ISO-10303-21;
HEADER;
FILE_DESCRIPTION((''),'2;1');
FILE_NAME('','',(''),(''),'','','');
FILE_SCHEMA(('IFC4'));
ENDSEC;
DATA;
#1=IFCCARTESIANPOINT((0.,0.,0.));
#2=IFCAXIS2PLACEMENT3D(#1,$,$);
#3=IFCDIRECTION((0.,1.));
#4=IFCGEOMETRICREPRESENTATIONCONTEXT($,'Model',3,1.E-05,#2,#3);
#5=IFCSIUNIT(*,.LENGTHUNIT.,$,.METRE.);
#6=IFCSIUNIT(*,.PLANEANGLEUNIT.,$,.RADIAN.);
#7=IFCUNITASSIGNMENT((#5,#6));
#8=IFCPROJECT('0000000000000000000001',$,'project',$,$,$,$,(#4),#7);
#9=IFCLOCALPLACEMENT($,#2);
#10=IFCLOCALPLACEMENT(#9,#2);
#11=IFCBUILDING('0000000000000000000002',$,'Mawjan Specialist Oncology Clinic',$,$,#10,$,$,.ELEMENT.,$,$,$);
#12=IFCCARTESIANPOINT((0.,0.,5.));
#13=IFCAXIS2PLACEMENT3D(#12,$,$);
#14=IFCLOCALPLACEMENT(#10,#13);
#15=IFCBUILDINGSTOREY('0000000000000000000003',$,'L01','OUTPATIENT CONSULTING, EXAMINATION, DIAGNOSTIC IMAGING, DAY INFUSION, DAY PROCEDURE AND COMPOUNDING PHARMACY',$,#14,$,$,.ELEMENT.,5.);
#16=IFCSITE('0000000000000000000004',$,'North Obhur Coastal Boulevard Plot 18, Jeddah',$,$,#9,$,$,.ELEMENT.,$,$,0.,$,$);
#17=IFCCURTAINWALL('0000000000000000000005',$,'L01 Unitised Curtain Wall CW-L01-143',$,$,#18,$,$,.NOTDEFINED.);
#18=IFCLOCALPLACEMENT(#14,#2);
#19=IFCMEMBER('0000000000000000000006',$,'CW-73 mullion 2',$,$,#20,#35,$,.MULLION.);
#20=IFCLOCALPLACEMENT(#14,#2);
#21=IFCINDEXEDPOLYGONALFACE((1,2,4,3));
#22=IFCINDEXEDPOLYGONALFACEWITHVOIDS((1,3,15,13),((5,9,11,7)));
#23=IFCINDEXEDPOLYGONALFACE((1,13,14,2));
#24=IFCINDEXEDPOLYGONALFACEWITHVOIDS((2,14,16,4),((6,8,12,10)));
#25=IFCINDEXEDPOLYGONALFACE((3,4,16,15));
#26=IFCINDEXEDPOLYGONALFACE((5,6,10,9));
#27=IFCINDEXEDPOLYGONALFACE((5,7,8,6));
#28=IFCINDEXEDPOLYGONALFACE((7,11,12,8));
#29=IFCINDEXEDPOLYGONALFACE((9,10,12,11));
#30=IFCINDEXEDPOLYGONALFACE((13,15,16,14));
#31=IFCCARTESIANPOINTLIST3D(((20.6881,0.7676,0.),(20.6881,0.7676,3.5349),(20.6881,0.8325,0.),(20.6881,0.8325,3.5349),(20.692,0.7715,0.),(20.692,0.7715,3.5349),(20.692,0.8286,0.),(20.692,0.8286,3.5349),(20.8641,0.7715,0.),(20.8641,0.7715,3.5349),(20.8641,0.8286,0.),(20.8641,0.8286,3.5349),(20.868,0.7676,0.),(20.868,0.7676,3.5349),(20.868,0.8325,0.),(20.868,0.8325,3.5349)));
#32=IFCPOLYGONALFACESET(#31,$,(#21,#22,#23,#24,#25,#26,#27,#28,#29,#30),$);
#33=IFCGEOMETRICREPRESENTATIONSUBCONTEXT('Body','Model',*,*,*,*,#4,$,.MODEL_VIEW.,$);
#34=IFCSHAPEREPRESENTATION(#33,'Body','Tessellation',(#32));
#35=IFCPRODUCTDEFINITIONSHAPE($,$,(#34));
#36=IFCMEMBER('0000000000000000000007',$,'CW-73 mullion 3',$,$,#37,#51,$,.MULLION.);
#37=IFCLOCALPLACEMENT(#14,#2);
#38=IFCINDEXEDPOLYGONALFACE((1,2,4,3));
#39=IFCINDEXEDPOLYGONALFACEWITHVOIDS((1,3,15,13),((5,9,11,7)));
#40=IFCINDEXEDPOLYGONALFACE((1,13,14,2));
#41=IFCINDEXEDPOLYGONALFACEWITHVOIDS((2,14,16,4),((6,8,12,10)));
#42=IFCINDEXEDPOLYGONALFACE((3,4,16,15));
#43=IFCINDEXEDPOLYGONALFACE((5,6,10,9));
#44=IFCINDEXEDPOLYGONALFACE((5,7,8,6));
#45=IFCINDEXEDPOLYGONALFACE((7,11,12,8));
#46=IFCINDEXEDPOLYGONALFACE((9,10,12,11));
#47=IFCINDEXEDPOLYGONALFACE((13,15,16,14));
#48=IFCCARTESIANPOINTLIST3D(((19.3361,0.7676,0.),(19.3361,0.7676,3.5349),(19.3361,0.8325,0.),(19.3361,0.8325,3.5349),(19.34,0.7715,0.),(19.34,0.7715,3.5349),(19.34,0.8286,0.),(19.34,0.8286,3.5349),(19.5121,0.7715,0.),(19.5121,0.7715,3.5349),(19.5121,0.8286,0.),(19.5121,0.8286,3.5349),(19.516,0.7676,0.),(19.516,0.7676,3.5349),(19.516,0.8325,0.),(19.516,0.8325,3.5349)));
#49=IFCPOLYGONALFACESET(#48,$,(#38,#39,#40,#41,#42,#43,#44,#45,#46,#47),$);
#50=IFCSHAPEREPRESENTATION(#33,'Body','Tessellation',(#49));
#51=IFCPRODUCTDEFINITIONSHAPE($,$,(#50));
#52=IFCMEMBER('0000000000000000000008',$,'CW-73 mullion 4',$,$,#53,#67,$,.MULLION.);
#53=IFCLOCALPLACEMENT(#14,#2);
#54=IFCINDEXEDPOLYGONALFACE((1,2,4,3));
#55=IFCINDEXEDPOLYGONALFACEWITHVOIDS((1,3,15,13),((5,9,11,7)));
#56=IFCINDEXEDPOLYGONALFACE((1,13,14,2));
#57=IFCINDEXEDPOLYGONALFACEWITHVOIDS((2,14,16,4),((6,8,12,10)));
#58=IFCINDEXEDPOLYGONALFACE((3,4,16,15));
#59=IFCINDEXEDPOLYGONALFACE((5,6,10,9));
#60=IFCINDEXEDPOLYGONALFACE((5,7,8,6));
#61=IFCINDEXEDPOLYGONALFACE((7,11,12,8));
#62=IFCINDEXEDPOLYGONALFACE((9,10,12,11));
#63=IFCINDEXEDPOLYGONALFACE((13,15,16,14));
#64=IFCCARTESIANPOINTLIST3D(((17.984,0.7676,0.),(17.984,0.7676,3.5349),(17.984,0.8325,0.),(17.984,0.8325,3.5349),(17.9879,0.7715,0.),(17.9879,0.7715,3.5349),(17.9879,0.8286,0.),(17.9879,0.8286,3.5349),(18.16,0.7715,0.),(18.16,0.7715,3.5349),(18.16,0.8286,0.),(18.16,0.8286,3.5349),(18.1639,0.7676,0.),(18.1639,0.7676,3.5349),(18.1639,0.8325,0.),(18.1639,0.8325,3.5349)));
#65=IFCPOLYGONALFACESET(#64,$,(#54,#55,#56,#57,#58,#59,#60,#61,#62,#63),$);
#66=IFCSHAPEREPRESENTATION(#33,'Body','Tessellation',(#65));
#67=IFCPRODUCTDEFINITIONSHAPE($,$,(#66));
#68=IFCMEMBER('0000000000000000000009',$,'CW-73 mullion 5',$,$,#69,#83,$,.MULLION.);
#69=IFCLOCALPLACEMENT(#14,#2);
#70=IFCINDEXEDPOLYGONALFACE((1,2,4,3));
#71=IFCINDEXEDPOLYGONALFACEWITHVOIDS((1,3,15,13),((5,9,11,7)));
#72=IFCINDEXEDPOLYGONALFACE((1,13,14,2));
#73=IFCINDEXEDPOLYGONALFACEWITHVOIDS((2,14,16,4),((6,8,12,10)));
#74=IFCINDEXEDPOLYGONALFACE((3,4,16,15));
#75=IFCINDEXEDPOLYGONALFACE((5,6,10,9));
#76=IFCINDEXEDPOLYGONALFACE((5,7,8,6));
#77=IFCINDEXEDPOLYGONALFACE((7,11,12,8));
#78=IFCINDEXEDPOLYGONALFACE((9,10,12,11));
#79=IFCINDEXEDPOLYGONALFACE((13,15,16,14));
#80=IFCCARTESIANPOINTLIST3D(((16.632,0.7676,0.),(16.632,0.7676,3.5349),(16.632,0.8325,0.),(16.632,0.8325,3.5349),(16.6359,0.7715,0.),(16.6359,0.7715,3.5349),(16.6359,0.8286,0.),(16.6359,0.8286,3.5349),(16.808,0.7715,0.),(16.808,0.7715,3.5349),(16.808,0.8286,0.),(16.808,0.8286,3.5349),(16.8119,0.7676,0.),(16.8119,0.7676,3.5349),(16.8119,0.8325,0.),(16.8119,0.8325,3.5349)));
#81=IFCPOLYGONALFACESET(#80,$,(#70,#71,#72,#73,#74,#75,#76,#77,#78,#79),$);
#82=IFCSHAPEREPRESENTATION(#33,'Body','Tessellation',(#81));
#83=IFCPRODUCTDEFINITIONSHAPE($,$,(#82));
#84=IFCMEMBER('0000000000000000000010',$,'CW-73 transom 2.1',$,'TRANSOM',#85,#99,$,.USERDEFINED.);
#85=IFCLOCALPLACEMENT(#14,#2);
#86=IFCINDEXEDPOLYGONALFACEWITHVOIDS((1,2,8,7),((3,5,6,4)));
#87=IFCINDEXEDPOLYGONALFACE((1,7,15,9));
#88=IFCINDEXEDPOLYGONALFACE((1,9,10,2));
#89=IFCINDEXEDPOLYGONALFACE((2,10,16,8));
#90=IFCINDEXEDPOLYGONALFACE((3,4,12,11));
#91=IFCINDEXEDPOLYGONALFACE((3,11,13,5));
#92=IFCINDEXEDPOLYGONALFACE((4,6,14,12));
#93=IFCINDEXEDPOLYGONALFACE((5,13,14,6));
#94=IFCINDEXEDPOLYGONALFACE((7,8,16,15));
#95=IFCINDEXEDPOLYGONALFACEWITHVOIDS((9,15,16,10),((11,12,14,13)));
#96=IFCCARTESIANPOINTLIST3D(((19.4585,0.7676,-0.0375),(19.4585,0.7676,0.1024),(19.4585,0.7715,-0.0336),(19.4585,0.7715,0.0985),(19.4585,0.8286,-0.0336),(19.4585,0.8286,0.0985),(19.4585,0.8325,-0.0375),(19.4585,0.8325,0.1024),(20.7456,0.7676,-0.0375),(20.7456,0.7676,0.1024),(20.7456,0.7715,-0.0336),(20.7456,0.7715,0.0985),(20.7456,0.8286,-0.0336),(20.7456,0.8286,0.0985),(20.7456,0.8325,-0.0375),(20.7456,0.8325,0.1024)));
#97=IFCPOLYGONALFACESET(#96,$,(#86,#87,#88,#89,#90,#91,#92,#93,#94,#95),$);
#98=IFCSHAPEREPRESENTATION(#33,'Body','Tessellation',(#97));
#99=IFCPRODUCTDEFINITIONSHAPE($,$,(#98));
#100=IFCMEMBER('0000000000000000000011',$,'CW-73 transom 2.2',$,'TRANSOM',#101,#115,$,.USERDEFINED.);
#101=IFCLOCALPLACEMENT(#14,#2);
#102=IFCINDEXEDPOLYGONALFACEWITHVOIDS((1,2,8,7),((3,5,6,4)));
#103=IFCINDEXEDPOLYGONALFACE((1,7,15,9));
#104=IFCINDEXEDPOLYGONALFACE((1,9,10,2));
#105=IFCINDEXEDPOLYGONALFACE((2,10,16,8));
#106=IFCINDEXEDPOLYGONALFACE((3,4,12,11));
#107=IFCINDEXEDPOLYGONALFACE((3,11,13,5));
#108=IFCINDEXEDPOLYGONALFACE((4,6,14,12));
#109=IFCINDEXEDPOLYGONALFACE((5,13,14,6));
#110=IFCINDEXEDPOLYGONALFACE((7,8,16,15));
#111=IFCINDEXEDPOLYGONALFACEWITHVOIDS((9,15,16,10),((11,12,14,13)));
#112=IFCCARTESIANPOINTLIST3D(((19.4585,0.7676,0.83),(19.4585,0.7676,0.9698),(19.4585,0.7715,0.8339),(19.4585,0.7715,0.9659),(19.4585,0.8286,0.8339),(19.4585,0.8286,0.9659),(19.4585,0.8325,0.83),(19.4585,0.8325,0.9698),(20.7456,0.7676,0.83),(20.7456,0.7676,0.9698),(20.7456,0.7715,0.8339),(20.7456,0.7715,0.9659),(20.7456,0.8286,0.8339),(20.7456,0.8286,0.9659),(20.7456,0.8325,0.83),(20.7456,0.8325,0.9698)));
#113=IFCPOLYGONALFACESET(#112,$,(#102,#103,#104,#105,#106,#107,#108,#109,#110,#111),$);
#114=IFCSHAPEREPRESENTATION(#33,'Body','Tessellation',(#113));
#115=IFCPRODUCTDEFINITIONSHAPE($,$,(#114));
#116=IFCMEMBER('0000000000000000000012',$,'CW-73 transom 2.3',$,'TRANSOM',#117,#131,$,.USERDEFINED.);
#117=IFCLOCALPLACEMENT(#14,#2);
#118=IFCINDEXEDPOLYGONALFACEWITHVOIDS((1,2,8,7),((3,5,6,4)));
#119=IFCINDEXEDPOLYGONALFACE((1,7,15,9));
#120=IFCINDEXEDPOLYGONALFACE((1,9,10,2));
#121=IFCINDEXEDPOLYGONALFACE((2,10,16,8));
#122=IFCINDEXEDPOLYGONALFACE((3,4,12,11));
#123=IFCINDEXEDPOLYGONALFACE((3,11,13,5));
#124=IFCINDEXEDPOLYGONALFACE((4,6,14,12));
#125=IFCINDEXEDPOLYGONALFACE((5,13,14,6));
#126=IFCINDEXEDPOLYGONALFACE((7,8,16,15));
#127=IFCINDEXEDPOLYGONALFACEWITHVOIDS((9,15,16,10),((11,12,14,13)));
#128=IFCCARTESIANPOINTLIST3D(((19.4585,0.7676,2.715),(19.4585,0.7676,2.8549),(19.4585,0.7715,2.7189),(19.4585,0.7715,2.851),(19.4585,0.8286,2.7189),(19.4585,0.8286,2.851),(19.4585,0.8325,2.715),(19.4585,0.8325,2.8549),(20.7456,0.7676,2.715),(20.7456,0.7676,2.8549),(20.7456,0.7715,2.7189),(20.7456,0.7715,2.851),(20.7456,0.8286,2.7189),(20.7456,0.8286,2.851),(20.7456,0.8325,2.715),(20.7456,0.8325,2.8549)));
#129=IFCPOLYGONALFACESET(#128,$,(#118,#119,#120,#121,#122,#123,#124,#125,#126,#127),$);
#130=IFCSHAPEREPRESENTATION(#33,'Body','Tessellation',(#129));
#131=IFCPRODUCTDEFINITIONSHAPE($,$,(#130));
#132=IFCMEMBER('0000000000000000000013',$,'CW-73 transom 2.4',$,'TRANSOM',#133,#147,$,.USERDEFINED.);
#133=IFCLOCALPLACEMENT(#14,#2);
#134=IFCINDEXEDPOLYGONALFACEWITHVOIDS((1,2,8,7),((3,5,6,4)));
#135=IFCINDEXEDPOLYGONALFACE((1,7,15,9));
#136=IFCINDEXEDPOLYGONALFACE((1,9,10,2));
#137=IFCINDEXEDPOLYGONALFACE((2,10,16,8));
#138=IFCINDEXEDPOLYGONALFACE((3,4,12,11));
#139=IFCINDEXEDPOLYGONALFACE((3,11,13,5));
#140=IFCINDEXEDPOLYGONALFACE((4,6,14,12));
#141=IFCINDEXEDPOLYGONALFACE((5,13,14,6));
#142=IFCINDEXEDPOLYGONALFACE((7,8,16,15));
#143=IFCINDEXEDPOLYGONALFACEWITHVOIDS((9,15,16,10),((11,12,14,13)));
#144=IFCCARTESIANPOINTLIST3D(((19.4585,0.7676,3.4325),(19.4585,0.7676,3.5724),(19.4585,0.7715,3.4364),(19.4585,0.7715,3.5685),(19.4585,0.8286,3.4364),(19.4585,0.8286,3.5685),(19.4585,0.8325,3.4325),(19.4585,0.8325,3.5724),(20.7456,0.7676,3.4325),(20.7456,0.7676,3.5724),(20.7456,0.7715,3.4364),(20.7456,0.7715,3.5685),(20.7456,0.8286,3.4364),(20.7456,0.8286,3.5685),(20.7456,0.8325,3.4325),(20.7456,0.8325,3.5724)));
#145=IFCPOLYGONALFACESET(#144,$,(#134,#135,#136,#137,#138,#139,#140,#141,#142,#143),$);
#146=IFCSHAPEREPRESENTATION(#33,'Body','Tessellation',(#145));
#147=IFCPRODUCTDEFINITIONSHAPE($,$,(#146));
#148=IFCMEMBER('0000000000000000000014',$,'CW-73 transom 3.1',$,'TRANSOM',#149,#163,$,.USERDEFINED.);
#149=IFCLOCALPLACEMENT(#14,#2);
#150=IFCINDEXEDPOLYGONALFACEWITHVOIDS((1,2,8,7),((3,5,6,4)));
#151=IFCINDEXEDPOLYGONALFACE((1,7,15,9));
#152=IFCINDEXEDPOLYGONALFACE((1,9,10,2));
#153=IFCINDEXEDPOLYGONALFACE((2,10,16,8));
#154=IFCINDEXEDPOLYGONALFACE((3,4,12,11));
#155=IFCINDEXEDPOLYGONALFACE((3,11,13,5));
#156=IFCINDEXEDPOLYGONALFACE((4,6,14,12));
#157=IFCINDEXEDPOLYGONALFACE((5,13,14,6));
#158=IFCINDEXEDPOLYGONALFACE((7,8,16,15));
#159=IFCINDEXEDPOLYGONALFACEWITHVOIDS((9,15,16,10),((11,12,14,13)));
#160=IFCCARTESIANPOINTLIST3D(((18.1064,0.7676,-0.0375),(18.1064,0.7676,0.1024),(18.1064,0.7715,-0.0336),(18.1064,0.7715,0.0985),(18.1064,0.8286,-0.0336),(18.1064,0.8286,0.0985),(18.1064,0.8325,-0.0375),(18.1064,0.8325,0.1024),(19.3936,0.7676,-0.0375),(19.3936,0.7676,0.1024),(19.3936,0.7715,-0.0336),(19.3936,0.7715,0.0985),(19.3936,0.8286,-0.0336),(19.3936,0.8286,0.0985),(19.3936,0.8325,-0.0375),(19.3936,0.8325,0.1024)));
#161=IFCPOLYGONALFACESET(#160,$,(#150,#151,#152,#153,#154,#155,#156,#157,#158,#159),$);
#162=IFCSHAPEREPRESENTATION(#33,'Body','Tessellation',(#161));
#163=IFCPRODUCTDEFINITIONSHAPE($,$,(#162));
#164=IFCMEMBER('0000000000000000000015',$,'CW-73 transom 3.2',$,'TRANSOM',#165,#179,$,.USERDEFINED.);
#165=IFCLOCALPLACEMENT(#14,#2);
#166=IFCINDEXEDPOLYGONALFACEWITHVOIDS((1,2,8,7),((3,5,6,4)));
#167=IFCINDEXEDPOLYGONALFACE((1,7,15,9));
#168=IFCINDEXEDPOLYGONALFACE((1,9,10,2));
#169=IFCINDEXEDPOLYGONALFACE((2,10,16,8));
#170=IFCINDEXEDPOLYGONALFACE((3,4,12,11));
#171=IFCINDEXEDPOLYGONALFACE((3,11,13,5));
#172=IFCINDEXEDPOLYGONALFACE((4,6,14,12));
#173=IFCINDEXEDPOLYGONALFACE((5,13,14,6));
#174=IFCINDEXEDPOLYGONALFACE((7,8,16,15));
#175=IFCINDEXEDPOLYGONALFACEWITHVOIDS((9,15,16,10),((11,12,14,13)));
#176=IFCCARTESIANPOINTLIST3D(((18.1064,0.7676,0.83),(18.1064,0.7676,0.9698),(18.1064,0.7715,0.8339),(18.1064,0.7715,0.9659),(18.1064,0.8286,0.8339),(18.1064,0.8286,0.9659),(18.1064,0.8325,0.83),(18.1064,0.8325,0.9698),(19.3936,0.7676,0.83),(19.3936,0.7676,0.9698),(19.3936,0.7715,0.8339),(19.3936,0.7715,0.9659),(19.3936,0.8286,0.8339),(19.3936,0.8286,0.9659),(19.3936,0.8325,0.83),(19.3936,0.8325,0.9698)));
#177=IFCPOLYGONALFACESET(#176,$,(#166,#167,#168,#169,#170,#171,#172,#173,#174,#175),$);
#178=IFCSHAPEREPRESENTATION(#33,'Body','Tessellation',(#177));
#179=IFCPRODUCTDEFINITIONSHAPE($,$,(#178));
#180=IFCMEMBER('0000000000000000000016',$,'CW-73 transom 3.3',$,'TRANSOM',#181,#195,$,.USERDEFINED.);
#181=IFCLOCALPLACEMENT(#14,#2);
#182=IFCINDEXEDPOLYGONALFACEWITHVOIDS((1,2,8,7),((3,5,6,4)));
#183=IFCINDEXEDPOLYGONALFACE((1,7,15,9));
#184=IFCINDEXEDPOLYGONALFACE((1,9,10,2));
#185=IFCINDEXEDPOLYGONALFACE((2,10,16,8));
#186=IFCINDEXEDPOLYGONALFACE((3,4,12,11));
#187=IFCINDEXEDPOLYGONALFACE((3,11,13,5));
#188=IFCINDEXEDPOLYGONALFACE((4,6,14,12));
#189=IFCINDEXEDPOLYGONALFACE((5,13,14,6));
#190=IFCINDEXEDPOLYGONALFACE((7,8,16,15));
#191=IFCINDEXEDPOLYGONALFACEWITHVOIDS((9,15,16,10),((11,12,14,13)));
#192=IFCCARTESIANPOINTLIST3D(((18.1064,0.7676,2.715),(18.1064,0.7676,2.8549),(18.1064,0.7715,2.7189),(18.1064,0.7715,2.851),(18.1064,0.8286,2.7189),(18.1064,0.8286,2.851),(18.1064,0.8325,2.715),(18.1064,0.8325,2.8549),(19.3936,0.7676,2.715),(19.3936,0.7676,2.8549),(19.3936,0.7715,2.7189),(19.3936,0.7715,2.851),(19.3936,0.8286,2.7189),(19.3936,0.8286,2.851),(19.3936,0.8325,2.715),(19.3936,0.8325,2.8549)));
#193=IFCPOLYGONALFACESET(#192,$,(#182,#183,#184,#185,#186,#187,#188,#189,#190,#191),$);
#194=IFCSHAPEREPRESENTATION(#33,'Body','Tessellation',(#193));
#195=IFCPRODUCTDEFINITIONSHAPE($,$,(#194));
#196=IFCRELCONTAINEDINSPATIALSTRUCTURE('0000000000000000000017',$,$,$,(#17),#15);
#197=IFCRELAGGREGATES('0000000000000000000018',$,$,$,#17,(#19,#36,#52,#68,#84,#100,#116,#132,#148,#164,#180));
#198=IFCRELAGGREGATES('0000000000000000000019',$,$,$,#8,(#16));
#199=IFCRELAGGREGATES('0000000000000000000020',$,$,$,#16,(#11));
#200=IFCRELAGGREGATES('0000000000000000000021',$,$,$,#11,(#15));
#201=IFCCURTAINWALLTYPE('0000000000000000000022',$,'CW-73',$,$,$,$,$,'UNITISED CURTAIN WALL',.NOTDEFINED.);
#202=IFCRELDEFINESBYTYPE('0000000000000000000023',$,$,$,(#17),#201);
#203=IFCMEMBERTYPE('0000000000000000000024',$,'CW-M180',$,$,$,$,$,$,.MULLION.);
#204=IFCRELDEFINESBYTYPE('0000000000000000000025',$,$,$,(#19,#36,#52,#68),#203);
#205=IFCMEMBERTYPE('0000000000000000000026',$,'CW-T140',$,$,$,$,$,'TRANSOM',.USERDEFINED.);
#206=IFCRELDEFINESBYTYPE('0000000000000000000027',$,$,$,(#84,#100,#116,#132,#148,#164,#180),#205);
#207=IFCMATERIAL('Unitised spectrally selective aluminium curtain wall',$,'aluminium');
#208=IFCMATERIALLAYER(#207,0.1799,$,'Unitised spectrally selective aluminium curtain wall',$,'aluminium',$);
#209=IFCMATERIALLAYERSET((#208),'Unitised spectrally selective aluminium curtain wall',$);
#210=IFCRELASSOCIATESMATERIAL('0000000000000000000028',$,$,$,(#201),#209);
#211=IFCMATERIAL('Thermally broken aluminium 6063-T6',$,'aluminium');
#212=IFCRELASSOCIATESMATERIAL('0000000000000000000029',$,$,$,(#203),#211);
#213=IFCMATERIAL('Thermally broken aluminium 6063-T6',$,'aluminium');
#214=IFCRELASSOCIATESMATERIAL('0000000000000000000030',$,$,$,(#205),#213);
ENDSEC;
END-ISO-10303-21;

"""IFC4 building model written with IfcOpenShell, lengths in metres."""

from ifc_helpers import new_model, si_unit, direction, frame, origin, origin_2d, place, context, subcontext, project, spatial, hollow_rectangle, extrude, material, layer, layer_set, material_profile, profile_set, type_object, element, aggregate, save


model = new_model("IFC4")

# Units and contexts
model_context = context("Model", 3, precision=1e-05, world=origin(), true_north=direction((0.0, 1.0)))
body_context = subcontext(model_context, "Body", "Model", "MODEL_VIEW")
ifc_project = project(units=[si_unit("LENGTHUNIT", "METRE"), si_unit("PLANEANGLEUNIT", "RADIAN")], contexts=[model_context])

# Site, building, storey
site_placement = place(None, origin())
site = spatial("IfcSite", under=ifc_project, at=site_placement, Name="North Obhur Coastal Boulevard Plot 18, Jeddah", CompositionType="ELEMENT", RefElevation=0.0)
building_placement = place(site_placement, origin())
building = spatial("IfcBuilding", under=site, at=building_placement, Name="Mawjan Specialist Oncology Clinic", CompositionType="ELEMENT")
storey_placement = place(building_placement, frame((0.0, 0.0, 5.0)))
storey = spatial("IfcBuildingStorey", under=building, at=storey_placement, Name="L01", Description="OUTPATIENT CONSULTING, EXAMINATION, DIAGNOSTIC IMAGING, DAY INFUSION, DAY PROCEDURE AND COMPOUNDING PHARMACY", CompositionType="ELEMENT", Elevation=5.0)

# Curtain wall, members
ifc_material_1 = material(Name="Unitised spectrally selective aluminium curtain wall", Category="aluminium")
ifc_layer_1 = layer(ifc_material_1, 0.1799, Name="Unitised spectrally selective aluminium curtain wall", Category="aluminium")
ifc_layer_set_1 = layer_set([ifc_layer_1], Name="Unitised spectrally selective aluminium curtain wall")
curtain_wall_type = type_object("IfcCurtainWallType", Name="CW-73", ElementType="UNITISED CURTAIN WALL", PredefinedType="NOTDEFINED", material=ifc_layer_set_1)
curtain_wall_placement = place(storey_placement, origin())
curtain_wall = element("IfcCurtainWall", 1, at=curtain_wall_placement, inside=storey, type_object=curtain_wall_type, Name="L01 Unitised Curtain Wall CW-L01-143", PredefinedType="NOTDEFINED")
ifc_material_2 = material(Name="Thermally broken aluminium 6063-T6", Category="aluminium")
ifc_material_profile_1 = material_profile(ifc_material_2, hollow_rectangle(XDim=0.0649, YDim=0.1799, WallThickness=0.0039, at=origin_2d()), Name="ALU MULLION 180x65x4", Category="aluminium")
ifc_profile_set_1 = profile_set([ifc_material_profile_1], Name="Thermally broken aluminium 6063-T6")
member_type_1 = type_object("IfcMemberType", Name="CW-M180", PredefinedType="MULLION", material=ifc_profile_set_1)
member_1_placement = place(storey_placement, frame((20.7781, 0.8, 0.0), z_axis=(0.0, 0.0, 1.0), x_axis=(0.0, -1.0, 0.0)))
member_1 = element("IfcMember", 2, at=member_1_placement, type_object=member_type_1, Name="CW-73 mullion 2", PredefinedType="MULLION", context=body_context, shape_type="SweptSolid", body=[
    extrude(hollow_rectangle(XDim=0.0649, YDim=0.1799, WallThickness=0.0039, at=origin_2d()), origin(), (0.0, 0.0, 1.0), 3.5349),
])
member_2_placement = place(storey_placement, frame((19.426, 0.8, 0.0), z_axis=(0.0, 0.0, 1.0), x_axis=(0.0, -1.0, 0.0)))
member_2 = element("IfcMember", 3, at=member_2_placement, type_object=member_type_1, Name="CW-73 mullion 3", PredefinedType="MULLION", context=body_context, shape_type="SweptSolid", body=[
    extrude(hollow_rectangle(XDim=0.0649, YDim=0.1799, WallThickness=0.0039, at=origin_2d()), origin(), (0.0, 0.0, 1.0), 3.5349),
])
member_3_placement = place(storey_placement, frame((18.074, 0.8, 0.0), z_axis=(0.0, 0.0, 1.0), x_axis=(0.0, -1.0, 0.0)))
member_3 = element("IfcMember", 4, at=member_3_placement, type_object=member_type_1, Name="CW-73 mullion 4", PredefinedType="MULLION", context=body_context, shape_type="SweptSolid", body=[
    extrude(hollow_rectangle(XDim=0.0649, YDim=0.1799, WallThickness=0.0039, at=origin_2d()), origin(), (0.0, 0.0, 1.0), 3.5349),
])
member_4_placement = place(storey_placement, frame((16.7219, 0.8, 0.0), z_axis=(0.0, 0.0, 1.0), x_axis=(0.0, -1.0, 0.0)))
member_4 = element("IfcMember", 5, at=member_4_placement, type_object=member_type_1, Name="CW-73 mullion 5", PredefinedType="MULLION", context=body_context, shape_type="SweptSolid", body=[
    extrude(hollow_rectangle(XDim=0.0649, YDim=0.1799, WallThickness=0.0039, at=origin_2d()), origin(), (0.0, 0.0, 1.0), 3.5349),
])
ifc_material_3 = material(Name="Thermally broken aluminium 6063-T6", Category="aluminium")
ifc_material_profile_2 = material_profile(ifc_material_3, hollow_rectangle(XDim=0.0649, YDim=0.1399, WallThickness=0.0039, at=origin_2d()), Name="ALU TRANSOM 140x65x4", Category="aluminium")
ifc_profile_set_2 = profile_set([ifc_material_profile_2], Name="Thermally broken aluminium 6063-T6")
member_type_2 = type_object("IfcMemberType", Name="CW-T140", ElementType="TRANSOM", PredefinedType="USERDEFINED", material=ifc_profile_set_2)
member_5_placement = place(storey_placement, frame((20.7456, 0.8, 0.0325), z_axis=(-1.0, 0.0, 0.0), x_axis=(0.0, -1.0, 0.0)))
member_5 = element("IfcMember", 6, at=member_5_placement, type_object=member_type_2, Name="CW-73 transom 2.1", ObjectType="TRANSOM", PredefinedType="USERDEFINED", context=body_context, shape_type="SweptSolid", body=[
    extrude(hollow_rectangle(XDim=0.0649, YDim=0.1399, WallThickness=0.0039, at=origin_2d()), origin(), (0.0, 0.0, 1.0), 1.2871),
])
member_6_placement = place(storey_placement, frame((20.7456, 0.8, 0.8999), z_axis=(-1.0, 0.0, 0.0), x_axis=(0.0, -1.0, 0.0)))
member_6 = element("IfcMember", 7, at=member_6_placement, type_object=member_type_2, Name="CW-73 transom 2.2", ObjectType="TRANSOM", PredefinedType="USERDEFINED", context=body_context, shape_type="SweptSolid", body=[
    extrude(hollow_rectangle(XDim=0.0649, YDim=0.1399, WallThickness=0.0039, at=origin_2d()), origin(), (0.0, 0.0, 1.0), 1.2871),
])
member_7_placement = place(storey_placement, frame((20.7456, 0.8, 2.7849), z_axis=(-1.0, 0.0, 0.0), x_axis=(0.0, -1.0, 0.0)))
member_7 = element("IfcMember", 8, at=member_7_placement, type_object=member_type_2, Name="CW-73 transom 2.3", ObjectType="TRANSOM", PredefinedType="USERDEFINED", context=body_context, shape_type="SweptSolid", body=[
    extrude(hollow_rectangle(XDim=0.0649, YDim=0.1399, WallThickness=0.0039, at=origin_2d()), origin(), (0.0, 0.0, 1.0), 1.2871),
])
member_8_placement = place(storey_placement, frame((20.7456, 0.8, 3.5024), z_axis=(-1.0, 0.0, 0.0), x_axis=(0.0, -1.0, 0.0)))
member_8 = element("IfcMember", 9, at=member_8_placement, type_object=member_type_2, Name="CW-73 transom 2.4", ObjectType="TRANSOM", PredefinedType="USERDEFINED", context=body_context, shape_type="SweptSolid", body=[
    extrude(hollow_rectangle(XDim=0.0649, YDim=0.1399, WallThickness=0.0039, at=origin_2d()), origin(), (0.0, 0.0, 1.0), 1.2871),
])
member_9_placement = place(storey_placement, frame((19.3936, 0.8, 0.0325), z_axis=(-1.0, 0.0, 0.0), x_axis=(0.0, -1.0, 0.0)))
member_9 = element("IfcMember", 10, at=member_9_placement, type_object=member_type_2, Name="CW-73 transom 3.1", ObjectType="TRANSOM", PredefinedType="USERDEFINED", context=body_context, shape_type="SweptSolid", body=[
    extrude(hollow_rectangle(XDim=0.0649, YDim=0.1399, WallThickness=0.0039, at=origin_2d()), origin(), (0.0, 0.0, 1.0), 1.2871),
])
member_10_placement = place(storey_placement, frame((19.3936, 0.8, 0.8999), z_axis=(-1.0, 0.0, 0.0), x_axis=(0.0, -1.0, 0.0)))
member_10 = element("IfcMember", 11, at=member_10_placement, type_object=member_type_2, Name="CW-73 transom 3.2", ObjectType="TRANSOM", PredefinedType="USERDEFINED", context=body_context, shape_type="SweptSolid", body=[
    extrude(hollow_rectangle(XDim=0.0649, YDim=0.1399, WallThickness=0.0039, at=origin_2d()), origin(), (0.0, 0.0, 1.0), 1.2871),
])
member_11_placement = place(storey_placement, frame((19.3936, 0.8, 2.7849), z_axis=(-1.0, 0.0, 0.0), x_axis=(0.0, -1.0, 0.0)))
member_11 = element("IfcMember", 12, at=member_11_placement, type_object=member_type_2, Name="CW-73 transom 3.3", ObjectType="TRANSOM", PredefinedType="USERDEFINED", context=body_context, shape_type="SweptSolid", body=[
    extrude(hollow_rectangle(XDim=0.0649, YDim=0.1399, WallThickness=0.0039, at=origin_2d()), origin(), (0.0, 0.0, 1.0), 1.2871),
])
aggregate(curtain_wall, [member_1, member_2, member_3, member_4, member_5, member_6, member_7, member_8, member_9, member_10, member_11])

save(model, "model.ifc")
